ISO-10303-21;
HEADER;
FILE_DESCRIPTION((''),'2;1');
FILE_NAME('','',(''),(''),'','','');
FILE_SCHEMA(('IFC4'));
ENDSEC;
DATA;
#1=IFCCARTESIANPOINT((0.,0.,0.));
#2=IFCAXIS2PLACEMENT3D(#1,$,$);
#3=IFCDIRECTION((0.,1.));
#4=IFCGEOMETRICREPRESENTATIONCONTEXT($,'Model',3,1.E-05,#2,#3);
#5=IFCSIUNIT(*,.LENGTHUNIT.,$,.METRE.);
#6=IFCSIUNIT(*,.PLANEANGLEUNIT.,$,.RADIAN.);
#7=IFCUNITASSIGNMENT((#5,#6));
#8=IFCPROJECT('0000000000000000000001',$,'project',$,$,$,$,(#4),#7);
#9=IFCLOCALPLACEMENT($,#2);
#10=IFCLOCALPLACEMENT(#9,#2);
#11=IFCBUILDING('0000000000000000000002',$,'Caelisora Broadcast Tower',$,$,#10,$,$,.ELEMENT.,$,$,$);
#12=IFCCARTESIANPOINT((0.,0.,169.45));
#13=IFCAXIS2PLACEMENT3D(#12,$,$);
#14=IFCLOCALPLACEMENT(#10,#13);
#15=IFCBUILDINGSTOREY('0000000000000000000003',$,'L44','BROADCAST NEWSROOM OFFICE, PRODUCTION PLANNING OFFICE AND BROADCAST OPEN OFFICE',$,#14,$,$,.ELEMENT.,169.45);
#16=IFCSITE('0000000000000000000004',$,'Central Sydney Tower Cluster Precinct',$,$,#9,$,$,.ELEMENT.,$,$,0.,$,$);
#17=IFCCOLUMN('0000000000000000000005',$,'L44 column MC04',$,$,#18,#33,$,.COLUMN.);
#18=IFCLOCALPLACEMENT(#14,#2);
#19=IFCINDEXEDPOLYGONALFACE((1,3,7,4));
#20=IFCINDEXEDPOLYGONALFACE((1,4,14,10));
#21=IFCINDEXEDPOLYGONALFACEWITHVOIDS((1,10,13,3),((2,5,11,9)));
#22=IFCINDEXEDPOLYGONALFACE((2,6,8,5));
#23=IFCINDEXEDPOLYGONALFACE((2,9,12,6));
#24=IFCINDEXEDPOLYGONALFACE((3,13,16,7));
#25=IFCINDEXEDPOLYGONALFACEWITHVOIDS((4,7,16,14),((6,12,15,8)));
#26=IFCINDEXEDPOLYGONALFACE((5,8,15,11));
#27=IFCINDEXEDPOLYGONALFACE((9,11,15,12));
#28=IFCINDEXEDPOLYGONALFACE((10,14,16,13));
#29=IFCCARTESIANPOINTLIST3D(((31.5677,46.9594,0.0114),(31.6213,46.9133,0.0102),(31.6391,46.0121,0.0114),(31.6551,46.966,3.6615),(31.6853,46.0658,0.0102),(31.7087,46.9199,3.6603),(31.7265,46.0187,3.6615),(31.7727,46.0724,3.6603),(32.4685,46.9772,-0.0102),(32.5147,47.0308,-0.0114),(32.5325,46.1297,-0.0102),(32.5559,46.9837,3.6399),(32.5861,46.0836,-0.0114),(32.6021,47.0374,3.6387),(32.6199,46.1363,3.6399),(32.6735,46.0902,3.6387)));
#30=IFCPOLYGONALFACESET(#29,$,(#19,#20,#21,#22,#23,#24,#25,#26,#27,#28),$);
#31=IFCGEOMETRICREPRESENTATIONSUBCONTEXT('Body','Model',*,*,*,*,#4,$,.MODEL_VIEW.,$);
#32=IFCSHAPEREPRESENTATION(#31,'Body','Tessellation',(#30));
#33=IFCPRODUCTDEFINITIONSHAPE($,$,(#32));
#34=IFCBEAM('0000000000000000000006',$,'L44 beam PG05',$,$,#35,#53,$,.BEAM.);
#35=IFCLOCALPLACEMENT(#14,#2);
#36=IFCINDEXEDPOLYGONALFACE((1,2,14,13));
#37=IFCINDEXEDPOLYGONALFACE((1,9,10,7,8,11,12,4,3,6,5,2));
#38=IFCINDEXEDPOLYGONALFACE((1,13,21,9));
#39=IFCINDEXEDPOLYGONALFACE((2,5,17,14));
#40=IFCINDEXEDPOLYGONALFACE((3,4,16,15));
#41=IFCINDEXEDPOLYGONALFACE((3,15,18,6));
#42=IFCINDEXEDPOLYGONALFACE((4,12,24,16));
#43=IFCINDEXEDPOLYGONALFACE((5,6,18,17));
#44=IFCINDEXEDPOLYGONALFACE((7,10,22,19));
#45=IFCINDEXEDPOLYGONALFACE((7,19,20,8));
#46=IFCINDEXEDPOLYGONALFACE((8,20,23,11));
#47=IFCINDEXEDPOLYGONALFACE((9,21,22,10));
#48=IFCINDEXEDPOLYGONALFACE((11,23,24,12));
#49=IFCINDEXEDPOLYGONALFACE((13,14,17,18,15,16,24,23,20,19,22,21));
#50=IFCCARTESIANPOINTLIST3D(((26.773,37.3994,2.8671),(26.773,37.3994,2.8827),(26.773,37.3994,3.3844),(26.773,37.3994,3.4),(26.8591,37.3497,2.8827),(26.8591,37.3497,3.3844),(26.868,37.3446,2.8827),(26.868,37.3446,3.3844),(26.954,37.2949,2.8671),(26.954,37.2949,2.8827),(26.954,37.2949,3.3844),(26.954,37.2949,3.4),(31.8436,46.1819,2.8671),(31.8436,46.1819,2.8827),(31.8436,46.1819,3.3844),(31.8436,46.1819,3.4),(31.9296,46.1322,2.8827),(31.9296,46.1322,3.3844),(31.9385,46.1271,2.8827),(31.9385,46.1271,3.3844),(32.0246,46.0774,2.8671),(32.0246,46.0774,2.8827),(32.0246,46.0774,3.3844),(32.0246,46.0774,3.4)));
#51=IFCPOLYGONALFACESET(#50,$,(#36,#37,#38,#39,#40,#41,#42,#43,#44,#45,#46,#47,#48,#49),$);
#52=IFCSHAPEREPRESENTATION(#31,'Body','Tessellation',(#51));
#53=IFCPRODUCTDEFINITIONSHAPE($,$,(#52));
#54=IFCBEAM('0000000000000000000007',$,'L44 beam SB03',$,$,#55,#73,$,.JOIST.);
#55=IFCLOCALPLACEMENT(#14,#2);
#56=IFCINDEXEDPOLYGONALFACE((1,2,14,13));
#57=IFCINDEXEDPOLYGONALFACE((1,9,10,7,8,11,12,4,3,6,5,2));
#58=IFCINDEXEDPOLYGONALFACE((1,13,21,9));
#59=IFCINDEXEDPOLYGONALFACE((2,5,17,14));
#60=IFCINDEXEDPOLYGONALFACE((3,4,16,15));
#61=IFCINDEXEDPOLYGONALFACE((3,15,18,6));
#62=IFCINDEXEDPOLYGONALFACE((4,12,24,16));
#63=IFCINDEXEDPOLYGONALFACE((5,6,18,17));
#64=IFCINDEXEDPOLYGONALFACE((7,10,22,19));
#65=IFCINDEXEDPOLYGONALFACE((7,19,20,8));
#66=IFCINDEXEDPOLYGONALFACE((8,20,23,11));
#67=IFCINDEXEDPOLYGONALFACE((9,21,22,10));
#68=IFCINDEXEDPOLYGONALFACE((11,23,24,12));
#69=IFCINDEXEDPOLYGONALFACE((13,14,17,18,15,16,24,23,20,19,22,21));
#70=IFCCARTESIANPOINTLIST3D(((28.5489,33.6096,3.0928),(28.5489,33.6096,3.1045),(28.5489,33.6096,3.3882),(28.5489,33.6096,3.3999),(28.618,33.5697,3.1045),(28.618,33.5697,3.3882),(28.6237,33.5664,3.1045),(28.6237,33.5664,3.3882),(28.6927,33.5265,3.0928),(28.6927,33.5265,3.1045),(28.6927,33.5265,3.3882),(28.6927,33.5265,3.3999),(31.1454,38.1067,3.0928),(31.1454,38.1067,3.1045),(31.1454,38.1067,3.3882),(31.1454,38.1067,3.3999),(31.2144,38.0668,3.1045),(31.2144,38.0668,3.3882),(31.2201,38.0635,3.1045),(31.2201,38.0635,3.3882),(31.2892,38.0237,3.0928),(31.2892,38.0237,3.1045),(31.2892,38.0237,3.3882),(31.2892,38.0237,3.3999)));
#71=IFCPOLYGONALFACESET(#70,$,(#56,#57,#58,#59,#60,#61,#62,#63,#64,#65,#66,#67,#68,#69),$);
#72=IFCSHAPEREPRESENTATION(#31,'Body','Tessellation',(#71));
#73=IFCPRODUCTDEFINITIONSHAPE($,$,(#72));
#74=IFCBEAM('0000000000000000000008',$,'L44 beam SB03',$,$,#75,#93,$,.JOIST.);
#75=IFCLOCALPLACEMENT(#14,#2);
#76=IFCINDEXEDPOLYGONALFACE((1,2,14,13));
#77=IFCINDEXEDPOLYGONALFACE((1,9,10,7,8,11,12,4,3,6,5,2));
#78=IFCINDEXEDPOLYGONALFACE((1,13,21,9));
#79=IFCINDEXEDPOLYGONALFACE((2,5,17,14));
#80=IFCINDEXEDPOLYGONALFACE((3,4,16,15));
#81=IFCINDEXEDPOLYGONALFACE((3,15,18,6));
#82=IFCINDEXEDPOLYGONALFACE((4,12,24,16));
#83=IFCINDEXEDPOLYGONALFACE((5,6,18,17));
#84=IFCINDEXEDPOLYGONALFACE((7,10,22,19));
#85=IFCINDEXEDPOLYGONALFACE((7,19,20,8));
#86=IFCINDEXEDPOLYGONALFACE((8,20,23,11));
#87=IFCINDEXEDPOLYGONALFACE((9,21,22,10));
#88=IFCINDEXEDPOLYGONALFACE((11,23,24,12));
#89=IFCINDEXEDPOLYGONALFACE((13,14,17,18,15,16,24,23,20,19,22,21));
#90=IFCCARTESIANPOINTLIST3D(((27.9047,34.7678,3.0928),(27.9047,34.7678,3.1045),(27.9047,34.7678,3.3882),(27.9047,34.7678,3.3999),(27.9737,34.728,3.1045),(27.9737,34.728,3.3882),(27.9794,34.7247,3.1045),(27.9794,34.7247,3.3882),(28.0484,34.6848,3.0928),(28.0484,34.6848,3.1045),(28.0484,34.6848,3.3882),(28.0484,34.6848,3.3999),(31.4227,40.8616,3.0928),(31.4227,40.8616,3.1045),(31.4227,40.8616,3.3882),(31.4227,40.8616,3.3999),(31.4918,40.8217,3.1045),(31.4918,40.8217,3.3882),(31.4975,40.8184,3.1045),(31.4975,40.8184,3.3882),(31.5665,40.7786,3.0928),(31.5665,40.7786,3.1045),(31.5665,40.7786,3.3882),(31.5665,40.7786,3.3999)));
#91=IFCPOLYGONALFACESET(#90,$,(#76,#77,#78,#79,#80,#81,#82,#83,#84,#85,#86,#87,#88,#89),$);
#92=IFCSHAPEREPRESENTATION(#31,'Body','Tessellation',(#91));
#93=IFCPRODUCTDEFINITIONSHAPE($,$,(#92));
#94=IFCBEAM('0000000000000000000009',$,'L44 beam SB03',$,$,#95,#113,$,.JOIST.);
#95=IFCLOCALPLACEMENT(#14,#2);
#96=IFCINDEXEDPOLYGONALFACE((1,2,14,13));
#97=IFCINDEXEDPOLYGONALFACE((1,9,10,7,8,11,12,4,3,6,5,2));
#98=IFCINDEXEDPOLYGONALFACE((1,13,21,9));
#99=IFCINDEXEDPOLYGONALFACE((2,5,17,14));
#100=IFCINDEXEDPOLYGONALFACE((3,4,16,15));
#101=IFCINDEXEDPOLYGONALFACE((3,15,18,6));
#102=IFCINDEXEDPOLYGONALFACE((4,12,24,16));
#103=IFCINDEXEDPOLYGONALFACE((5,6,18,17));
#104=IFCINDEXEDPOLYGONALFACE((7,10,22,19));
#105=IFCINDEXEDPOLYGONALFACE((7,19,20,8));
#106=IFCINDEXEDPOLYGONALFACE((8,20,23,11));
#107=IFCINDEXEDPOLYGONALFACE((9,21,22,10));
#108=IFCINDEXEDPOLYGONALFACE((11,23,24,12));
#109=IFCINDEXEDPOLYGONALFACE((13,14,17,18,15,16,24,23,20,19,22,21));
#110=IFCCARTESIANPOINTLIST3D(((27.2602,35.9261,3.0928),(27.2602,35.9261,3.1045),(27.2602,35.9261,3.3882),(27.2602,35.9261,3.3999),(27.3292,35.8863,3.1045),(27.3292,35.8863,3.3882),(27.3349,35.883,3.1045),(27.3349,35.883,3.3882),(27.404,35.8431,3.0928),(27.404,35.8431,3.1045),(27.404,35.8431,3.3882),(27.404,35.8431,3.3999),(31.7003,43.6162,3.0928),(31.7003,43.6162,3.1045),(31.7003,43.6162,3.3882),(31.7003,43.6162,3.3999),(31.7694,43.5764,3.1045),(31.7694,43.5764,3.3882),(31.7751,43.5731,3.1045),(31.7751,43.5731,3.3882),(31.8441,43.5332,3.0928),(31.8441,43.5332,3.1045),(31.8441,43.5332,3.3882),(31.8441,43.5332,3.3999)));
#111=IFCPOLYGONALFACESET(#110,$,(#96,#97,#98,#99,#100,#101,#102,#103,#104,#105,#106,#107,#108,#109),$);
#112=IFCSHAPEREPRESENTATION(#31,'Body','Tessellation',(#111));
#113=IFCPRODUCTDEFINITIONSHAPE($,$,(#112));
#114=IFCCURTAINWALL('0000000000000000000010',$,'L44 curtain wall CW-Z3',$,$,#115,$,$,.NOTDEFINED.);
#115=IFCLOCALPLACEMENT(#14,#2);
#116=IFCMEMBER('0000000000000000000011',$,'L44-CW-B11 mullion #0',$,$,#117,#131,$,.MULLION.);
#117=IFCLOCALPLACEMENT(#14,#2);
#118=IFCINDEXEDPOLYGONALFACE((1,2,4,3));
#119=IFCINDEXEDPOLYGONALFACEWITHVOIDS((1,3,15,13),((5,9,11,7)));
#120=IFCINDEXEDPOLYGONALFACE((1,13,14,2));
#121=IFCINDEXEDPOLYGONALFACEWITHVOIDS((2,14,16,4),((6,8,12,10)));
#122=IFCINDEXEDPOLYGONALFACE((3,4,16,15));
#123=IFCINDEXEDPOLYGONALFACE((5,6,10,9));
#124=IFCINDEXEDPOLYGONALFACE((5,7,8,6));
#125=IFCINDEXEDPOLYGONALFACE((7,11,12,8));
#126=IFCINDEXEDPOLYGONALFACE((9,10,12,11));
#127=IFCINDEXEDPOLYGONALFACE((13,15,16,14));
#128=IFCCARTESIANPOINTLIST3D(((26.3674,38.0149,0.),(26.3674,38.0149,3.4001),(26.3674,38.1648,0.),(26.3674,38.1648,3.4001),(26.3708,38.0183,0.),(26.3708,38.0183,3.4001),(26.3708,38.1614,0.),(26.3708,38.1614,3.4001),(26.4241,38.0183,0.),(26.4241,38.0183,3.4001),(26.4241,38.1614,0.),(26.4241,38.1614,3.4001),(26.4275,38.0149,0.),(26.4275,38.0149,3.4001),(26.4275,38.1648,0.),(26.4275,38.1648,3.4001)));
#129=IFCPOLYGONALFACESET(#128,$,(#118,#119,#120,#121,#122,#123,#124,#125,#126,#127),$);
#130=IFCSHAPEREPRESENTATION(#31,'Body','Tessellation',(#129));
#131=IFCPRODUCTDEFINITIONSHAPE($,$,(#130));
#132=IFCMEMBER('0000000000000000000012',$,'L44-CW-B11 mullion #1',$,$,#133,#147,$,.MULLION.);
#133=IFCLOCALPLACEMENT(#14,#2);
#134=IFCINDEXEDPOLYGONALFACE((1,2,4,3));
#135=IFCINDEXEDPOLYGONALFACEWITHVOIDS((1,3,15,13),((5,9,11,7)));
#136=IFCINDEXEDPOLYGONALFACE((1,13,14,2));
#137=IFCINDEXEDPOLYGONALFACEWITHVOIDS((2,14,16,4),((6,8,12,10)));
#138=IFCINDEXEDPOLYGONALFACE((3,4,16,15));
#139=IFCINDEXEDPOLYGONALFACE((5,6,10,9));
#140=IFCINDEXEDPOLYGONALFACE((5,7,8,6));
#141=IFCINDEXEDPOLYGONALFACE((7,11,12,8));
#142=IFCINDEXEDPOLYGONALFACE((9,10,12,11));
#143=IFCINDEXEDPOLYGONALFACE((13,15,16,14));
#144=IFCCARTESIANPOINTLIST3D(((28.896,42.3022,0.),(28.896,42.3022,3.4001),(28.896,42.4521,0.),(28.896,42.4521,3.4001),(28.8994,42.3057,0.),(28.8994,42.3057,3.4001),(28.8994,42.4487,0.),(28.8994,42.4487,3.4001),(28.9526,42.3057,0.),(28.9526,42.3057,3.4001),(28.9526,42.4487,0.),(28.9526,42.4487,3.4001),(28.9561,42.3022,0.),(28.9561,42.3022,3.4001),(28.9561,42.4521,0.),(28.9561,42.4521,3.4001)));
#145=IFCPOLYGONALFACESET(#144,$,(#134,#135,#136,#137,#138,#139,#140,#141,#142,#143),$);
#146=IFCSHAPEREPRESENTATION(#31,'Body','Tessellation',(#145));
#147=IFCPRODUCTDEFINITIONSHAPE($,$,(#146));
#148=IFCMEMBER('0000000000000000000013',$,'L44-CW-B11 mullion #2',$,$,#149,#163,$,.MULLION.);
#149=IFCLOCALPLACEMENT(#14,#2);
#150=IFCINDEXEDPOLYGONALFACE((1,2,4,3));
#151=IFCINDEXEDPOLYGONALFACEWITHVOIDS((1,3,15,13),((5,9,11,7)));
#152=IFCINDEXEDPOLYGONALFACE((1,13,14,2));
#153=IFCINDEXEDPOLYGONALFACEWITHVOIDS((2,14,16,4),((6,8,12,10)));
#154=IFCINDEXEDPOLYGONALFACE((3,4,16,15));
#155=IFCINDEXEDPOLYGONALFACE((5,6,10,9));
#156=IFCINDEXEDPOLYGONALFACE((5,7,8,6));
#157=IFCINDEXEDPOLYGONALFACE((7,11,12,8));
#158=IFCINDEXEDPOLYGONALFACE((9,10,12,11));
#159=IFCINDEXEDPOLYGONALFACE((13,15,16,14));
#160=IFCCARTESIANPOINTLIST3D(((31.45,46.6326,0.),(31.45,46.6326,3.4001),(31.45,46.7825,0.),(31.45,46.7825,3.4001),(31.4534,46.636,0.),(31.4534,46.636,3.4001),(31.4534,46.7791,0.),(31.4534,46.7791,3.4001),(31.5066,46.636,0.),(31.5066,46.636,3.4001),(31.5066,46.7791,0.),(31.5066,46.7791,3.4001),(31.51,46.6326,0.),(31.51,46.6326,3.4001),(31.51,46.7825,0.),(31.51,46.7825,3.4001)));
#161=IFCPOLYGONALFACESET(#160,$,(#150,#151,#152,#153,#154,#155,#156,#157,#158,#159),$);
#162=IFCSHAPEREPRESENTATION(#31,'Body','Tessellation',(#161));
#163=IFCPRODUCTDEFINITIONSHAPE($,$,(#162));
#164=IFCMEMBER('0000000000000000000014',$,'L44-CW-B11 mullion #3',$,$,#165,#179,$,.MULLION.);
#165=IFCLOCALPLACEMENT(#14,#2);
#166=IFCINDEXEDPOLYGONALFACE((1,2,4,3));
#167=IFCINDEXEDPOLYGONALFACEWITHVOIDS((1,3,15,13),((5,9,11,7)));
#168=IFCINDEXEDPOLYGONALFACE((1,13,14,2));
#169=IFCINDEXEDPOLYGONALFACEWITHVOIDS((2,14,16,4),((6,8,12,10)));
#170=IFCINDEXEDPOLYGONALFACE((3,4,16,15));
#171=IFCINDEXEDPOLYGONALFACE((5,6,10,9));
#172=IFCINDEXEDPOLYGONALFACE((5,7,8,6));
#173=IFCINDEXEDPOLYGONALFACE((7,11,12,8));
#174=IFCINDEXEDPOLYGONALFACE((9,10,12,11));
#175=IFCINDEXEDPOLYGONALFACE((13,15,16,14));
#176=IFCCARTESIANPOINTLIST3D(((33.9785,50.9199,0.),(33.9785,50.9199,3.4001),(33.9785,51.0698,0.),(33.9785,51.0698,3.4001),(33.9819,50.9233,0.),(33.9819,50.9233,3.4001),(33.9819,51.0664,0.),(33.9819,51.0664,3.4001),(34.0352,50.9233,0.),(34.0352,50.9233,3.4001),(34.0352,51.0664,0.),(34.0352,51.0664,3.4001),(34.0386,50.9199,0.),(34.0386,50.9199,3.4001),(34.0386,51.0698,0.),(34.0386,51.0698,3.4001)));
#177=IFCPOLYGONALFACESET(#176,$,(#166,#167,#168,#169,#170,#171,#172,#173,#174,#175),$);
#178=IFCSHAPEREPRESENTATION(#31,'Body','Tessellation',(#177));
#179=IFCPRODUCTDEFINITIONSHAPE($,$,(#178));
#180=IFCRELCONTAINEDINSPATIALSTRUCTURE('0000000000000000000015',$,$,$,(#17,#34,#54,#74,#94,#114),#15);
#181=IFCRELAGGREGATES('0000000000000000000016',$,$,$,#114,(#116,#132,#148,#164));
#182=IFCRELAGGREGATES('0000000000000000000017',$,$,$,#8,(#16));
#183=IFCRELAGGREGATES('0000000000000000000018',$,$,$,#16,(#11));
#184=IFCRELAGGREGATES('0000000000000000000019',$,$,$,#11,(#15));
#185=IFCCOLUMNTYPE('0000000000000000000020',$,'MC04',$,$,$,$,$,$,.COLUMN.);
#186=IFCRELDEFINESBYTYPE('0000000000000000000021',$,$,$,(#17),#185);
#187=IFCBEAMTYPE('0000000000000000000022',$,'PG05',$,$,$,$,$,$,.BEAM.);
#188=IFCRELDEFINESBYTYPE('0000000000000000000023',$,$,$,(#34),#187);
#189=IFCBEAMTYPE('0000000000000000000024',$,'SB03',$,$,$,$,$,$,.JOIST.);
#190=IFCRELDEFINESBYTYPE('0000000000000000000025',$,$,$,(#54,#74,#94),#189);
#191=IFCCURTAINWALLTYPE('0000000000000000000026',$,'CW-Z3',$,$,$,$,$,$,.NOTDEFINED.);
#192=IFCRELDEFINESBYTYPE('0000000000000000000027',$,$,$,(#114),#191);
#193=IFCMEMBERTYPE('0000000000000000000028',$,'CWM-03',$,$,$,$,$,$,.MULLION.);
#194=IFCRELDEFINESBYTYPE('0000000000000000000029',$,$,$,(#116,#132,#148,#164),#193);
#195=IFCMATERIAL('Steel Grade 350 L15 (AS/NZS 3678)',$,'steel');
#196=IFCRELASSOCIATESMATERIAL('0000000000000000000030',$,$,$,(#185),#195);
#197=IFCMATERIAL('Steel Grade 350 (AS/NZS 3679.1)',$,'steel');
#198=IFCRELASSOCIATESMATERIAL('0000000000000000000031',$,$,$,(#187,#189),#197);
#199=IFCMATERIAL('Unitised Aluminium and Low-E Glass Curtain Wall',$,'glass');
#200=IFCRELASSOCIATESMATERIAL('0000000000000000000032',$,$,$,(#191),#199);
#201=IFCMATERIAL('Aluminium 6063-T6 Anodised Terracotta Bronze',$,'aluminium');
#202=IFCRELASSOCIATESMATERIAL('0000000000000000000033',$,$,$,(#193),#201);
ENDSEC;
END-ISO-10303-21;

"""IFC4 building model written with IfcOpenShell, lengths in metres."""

from ifc_helpers import new_model, si_unit, direction, frame, origin, origin_2d, place, context, subcontext, project, spatial, hollow_rectangle, i_section, extrude, source, transform, mapped, material, material_profile, profile_set, type_object, type_shapes, element, aggregate, save


model = new_model("IFC4")

# Units and contexts
model_context = context("Model", 3, precision=1e-05, world=origin(), true_north=direction((0.0, 1.0)))
body_context = subcontext(model_context, "Body", "Model", "MODEL_VIEW")
ifc_project = project(units=[si_unit("LENGTHUNIT", "METRE"), si_unit("PLANEANGLEUNIT", "RADIAN")], contexts=[model_context])

# Site, building, storey
site_placement = place(None, origin())
site = spatial("IfcSite", under=ifc_project, at=site_placement, Name="Central Sydney Tower Cluster Precinct", CompositionType="ELEMENT", RefElevation=0.0)
building_placement = place(site_placement, origin())
building = spatial("IfcBuilding", under=site, at=building_placement, Name="Caelisora Broadcast Tower", CompositionType="ELEMENT")
storey_placement = place(building_placement, frame((0.0, 0.0, 169.45)))
storey = spatial("IfcBuildingStorey", under=building, at=storey_placement, Name="L44", Description="BROADCAST NEWSROOM OFFICE, PRODUCTION PLANNING OFFICE AND BROADCAST OPEN OFFICE", CompositionType="ELEMENT", Elevation=169.45)

# Column
ifc_material_1 = material(Name="Steel Grade 350 L15 (AS/NZS 3678)", Category="steel")
ifc_material_profile_1 = material_profile(ifc_material_1, hollow_rectangle(XDim=0.95, YDim=0.95, WallThickness=0.05, at=origin_2d()), Name="Steel Grade 350 L15 (AS/NZS 3678)")
ifc_profile_set_1 = profile_set([ifc_material_profile_1], Name="Steel Grade 350 L15 (AS/NZS 3678)")
column_type = type_object("IfcColumnType", Name="MC04", PredefinedType="COLUMN", material=ifc_profile_set_1)
shared_shape_1 = source(origin(), body_context, "Body", "SweptSolid", [
    extrude(hollow_rectangle(XDim=0.95, YDim=0.95, WallThickness=0.05, at=origin_2d()), origin(), (0.0, 0.0, 1.0), 3.6511),
])
type_shapes(column_type, [shared_shape_1])
column_placement = place(storey_placement, frame((32.0769, 46.5215, 0.0), z_axis=(0.023938, 0.001805, 0.999712), x_axis=(-0.075205, 0.997168, 0.0)))
element("IfcColumn", 1, at=column_placement, inside=storey, type_object=column_type, Name="L44 column MC04", PredefinedType="COLUMN", context=body_context, shape_type="MappedRepresentation", body=[
    mapped(shared_shape_1, transform((0.0, 0.0, 0.0), scale=1.0)),
])

# Beams
ifc_material_2 = material(Name="Steel Grade 350 (AS/NZS 3679.1)", Category="steel")
ifc_material_profile_2 = material_profile(ifc_material_2, i_section(OverallWidth=0.209, OverallDepth=0.533, WebThickness=0.0103, FlangeThickness=0.0156, at=origin_2d()), Name="Steel Grade 350 (AS/NZS 3679.1)")
ifc_profile_set_2 = profile_set([ifc_material_profile_2], Name="Steel Grade 350 (AS/NZS 3679.1)")
beam_type_1 = type_object("IfcBeamType", Name="PG05", PredefinedType="BEAM", material=ifc_profile_set_2)
shared_shape_2 = source(origin(), body_context, "Body", "SweptSolid", [
    extrude(i_section(OverallWidth=0.209, OverallDepth=0.533, WebThickness=0.0103, FlangeThickness=0.0156, at=origin_2d()), origin(), (0.0, 0.0, 1.0), 10.1411),
])
type_shapes(beam_type_1, [shared_shape_2])
beam_1_placement = place(storey_placement, frame((31.9341, 46.1296, 3.1335), z_axis=(-0.5, -0.866026, 0.0), x_axis=(0.866026, -0.5, 0.0)))
element("IfcBeam", 2, at=beam_1_placement, inside=storey, type_object=beam_type_1, Name="L44 beam PG05", PredefinedType="BEAM", context=body_context, shape_type="MappedRepresentation", body=[
    mapped(shared_shape_2, transform((0.0, 0.0, 0.0), scale=1.0)),
])
ifc_material_profile_3 = material_profile(ifc_material_2, i_section(OverallWidth=0.166, OverallDepth=0.3071, WebThickness=0.0066, FlangeThickness=0.0117, at=origin_2d()), Name="Steel Grade 350 (AS/NZS 3679.1)")
ifc_profile_set_3 = profile_set([ifc_material_profile_3], Name="Steel Grade 350 (AS/NZS 3679.1)")
beam_type_2 = type_object("IfcBeamType", Name="SB03", PredefinedType="JOIST", material=ifc_profile_set_3)
shared_shape_3 = source(origin(), body_context, "Body", "SweptSolid", [
    extrude(i_section(OverallWidth=0.166, OverallDepth=0.3071, WebThickness=0.0066, FlangeThickness=0.0117, at=origin_2d()), origin(), (0.0, 0.0, 1.0), 5.1929),
])
beam_2_placement = place(storey_placement, frame((31.2173, 38.0652, 3.2463), z_axis=(-0.500007, -0.866021, 0.0), x_axis=(0.866021, -0.500007, 0.0)))
element("IfcBeam", 3, at=beam_2_placement, inside=storey, type_object=beam_type_2, Name="L44 beam SB03", PredefinedType="JOIST", context=body_context, shape_type="MappedRepresentation", body=[
    mapped(shared_shape_3, transform((0.0, 0.0, 0.0), scale=1.0)),
])
shared_shape_4 = source(origin(), body_context, "Body", "SweptSolid", [
    extrude(i_section(OverallWidth=0.166, OverallDepth=0.3071, WebThickness=0.0066, FlangeThickness=0.0117, at=origin_2d()), origin(), (0.0, 0.0, 1.0), 7.0364),
])
beam_3_placement = place(storey_placement, frame((31.4946, 40.8201, 3.2463), z_axis=(-0.499983, -0.866035, 0.0), x_axis=(0.866035, -0.499983, 0.0)))
element("IfcBeam", 4, at=beam_3_placement, inside=storey, type_object=beam_type_2, Name="L44 beam SB03", PredefinedType="JOIST", context=body_context, shape_type="MappedRepresentation", body=[
    mapped(shared_shape_4, transform((0.0, 0.0, 0.0), scale=1.0)),
])
shared_shape_5 = source(origin(), body_context, "Body", "SweptSolid", [
    extrude(i_section(OverallWidth=0.166, OverallDepth=0.3071, WebThickness=0.0066, FlangeThickness=0.0117, at=origin_2d()), origin(), (0.0, 0.0, 1.0), 8.8799),
])
type_shapes(beam_type_2, [shared_shape_3, shared_shape_4, shared_shape_5])
beam_4_placement = place(storey_placement, frame((31.7722, 43.5747, 3.2463), z_axis=(-0.500022, -0.866013, 0.0), x_axis=(0.866013, -0.500022, 0.0)))
element("IfcBeam", 5, at=beam_4_placement, inside=storey, type_object=beam_type_2, Name="L44 beam SB03", PredefinedType="JOIST", context=body_context, shape_type="MappedRepresentation", body=[
    mapped(shared_shape_5, transform((0.0, 0.0, 0.0), scale=1.0)),
])

# Curtain wall, members
ifc_material_3 = material(Name="Unitised Aluminium and Low-E Glass Curtain Wall", Category="glass")
curtain_wall_type = type_object("IfcCurtainWallType", Name="CW-Z3", PredefinedType="NOTDEFINED", material=ifc_material_3)
curtain_wall_placement = place(storey_placement, origin())
curtain_wall = element("IfcCurtainWall", 6, at=curtain_wall_placement, inside=storey, type_object=curtain_wall_type, Name="L44 curtain wall CW-Z3", PredefinedType="NOTDEFINED")
ifc_material_4 = material(Name="Aluminium 6063-T6 Anodised Terracotta Bronze", Category="aluminium")
ifc_material_profile_4 = material_profile(ifc_material_4, hollow_rectangle(XDim=0.0601, YDim=0.1499, WallThickness=0.0034, at=origin_2d()), Name="Aluminium 6063-T6 Anodised Terracotta Bronze")
ifc_profile_set_4 = profile_set([ifc_material_profile_4], Name="Aluminium 6063-T6 Anodised Terracotta Bronze")
member_type_1 = type_object("IfcMemberType", Name="CWM-03", PredefinedType="MULLION", material=ifc_profile_set_4)
shared_shape_6 = source(origin(), body_context, "Body", "SweptSolid", [
    extrude(hollow_rectangle(XDim=0.0601, YDim=0.1499, WallThickness=0.0034, at=origin_2d()), origin(), (0.0, 0.0, 1.0), 3.4001),
])
type_shapes(member_type_1, [shared_shape_6])
member_1_placement = place(storey_placement, frame((26.3975, 38.0898, 0.0), z_axis=(0.0, 0.0, 1.0), x_axis=(1.0, 0.0, 0.0)))
member_1 = element("IfcMember", 7, at=member_1_placement, type_object=member_type_1, Name="L44-CW-B11 mullion #0", PredefinedType="MULLION", context=body_context, shape_type="MappedRepresentation", body=[
    mapped(shared_shape_6, transform((0.0, 0.0, 0.0), scale=1.0)),
])
member_2_placement = place(storey_placement, frame((28.926, 42.3772, 0.0), z_axis=(0.0, 0.0, 1.0), x_axis=(1.0, 0.0, 0.0)))
member_2 = element("IfcMember", 8, at=member_2_placement, type_object=member_type_1, Name="L44-CW-B11 mullion #1", PredefinedType="MULLION", context=body_context, shape_type="MappedRepresentation", body=[
    mapped(shared_shape_6, transform((0.0, 0.0, 0.0), scale=1.0)),
])
member_3_placement = place(storey_placement, frame((31.48, 46.7075, 0.0), z_axis=(0.0, 0.0, 1.0), x_axis=(1.0, 0.0, 0.0)))
member_3 = element("IfcMember", 9, at=member_3_placement, type_object=member_type_1, Name="L44-CW-B11 mullion #2", PredefinedType="MULLION", context=body_context, shape_type="MappedRepresentation", body=[
    mapped(shared_shape_6, transform((0.0, 0.0, 0.0), scale=1.0)),
])
member_4_placement = place(storey_placement, frame((34.0085, 50.9949, 0.0), z_axis=(0.0, 0.0, 1.0), x_axis=(1.0, 0.0, 0.0)))
member_4 = element("IfcMember", 10, at=member_4_placement, type_object=member_type_1, Name="L44-CW-B11 mullion #3", PredefinedType="MULLION", context=body_context, shape_type="MappedRepresentation", body=[
    mapped(shared_shape_6, transform((0.0, 0.0, 0.0), scale=1.0)),
])
aggregate(curtain_wall, [member_1, member_2, member_3, member_4])

save(model, "model.ifc")
